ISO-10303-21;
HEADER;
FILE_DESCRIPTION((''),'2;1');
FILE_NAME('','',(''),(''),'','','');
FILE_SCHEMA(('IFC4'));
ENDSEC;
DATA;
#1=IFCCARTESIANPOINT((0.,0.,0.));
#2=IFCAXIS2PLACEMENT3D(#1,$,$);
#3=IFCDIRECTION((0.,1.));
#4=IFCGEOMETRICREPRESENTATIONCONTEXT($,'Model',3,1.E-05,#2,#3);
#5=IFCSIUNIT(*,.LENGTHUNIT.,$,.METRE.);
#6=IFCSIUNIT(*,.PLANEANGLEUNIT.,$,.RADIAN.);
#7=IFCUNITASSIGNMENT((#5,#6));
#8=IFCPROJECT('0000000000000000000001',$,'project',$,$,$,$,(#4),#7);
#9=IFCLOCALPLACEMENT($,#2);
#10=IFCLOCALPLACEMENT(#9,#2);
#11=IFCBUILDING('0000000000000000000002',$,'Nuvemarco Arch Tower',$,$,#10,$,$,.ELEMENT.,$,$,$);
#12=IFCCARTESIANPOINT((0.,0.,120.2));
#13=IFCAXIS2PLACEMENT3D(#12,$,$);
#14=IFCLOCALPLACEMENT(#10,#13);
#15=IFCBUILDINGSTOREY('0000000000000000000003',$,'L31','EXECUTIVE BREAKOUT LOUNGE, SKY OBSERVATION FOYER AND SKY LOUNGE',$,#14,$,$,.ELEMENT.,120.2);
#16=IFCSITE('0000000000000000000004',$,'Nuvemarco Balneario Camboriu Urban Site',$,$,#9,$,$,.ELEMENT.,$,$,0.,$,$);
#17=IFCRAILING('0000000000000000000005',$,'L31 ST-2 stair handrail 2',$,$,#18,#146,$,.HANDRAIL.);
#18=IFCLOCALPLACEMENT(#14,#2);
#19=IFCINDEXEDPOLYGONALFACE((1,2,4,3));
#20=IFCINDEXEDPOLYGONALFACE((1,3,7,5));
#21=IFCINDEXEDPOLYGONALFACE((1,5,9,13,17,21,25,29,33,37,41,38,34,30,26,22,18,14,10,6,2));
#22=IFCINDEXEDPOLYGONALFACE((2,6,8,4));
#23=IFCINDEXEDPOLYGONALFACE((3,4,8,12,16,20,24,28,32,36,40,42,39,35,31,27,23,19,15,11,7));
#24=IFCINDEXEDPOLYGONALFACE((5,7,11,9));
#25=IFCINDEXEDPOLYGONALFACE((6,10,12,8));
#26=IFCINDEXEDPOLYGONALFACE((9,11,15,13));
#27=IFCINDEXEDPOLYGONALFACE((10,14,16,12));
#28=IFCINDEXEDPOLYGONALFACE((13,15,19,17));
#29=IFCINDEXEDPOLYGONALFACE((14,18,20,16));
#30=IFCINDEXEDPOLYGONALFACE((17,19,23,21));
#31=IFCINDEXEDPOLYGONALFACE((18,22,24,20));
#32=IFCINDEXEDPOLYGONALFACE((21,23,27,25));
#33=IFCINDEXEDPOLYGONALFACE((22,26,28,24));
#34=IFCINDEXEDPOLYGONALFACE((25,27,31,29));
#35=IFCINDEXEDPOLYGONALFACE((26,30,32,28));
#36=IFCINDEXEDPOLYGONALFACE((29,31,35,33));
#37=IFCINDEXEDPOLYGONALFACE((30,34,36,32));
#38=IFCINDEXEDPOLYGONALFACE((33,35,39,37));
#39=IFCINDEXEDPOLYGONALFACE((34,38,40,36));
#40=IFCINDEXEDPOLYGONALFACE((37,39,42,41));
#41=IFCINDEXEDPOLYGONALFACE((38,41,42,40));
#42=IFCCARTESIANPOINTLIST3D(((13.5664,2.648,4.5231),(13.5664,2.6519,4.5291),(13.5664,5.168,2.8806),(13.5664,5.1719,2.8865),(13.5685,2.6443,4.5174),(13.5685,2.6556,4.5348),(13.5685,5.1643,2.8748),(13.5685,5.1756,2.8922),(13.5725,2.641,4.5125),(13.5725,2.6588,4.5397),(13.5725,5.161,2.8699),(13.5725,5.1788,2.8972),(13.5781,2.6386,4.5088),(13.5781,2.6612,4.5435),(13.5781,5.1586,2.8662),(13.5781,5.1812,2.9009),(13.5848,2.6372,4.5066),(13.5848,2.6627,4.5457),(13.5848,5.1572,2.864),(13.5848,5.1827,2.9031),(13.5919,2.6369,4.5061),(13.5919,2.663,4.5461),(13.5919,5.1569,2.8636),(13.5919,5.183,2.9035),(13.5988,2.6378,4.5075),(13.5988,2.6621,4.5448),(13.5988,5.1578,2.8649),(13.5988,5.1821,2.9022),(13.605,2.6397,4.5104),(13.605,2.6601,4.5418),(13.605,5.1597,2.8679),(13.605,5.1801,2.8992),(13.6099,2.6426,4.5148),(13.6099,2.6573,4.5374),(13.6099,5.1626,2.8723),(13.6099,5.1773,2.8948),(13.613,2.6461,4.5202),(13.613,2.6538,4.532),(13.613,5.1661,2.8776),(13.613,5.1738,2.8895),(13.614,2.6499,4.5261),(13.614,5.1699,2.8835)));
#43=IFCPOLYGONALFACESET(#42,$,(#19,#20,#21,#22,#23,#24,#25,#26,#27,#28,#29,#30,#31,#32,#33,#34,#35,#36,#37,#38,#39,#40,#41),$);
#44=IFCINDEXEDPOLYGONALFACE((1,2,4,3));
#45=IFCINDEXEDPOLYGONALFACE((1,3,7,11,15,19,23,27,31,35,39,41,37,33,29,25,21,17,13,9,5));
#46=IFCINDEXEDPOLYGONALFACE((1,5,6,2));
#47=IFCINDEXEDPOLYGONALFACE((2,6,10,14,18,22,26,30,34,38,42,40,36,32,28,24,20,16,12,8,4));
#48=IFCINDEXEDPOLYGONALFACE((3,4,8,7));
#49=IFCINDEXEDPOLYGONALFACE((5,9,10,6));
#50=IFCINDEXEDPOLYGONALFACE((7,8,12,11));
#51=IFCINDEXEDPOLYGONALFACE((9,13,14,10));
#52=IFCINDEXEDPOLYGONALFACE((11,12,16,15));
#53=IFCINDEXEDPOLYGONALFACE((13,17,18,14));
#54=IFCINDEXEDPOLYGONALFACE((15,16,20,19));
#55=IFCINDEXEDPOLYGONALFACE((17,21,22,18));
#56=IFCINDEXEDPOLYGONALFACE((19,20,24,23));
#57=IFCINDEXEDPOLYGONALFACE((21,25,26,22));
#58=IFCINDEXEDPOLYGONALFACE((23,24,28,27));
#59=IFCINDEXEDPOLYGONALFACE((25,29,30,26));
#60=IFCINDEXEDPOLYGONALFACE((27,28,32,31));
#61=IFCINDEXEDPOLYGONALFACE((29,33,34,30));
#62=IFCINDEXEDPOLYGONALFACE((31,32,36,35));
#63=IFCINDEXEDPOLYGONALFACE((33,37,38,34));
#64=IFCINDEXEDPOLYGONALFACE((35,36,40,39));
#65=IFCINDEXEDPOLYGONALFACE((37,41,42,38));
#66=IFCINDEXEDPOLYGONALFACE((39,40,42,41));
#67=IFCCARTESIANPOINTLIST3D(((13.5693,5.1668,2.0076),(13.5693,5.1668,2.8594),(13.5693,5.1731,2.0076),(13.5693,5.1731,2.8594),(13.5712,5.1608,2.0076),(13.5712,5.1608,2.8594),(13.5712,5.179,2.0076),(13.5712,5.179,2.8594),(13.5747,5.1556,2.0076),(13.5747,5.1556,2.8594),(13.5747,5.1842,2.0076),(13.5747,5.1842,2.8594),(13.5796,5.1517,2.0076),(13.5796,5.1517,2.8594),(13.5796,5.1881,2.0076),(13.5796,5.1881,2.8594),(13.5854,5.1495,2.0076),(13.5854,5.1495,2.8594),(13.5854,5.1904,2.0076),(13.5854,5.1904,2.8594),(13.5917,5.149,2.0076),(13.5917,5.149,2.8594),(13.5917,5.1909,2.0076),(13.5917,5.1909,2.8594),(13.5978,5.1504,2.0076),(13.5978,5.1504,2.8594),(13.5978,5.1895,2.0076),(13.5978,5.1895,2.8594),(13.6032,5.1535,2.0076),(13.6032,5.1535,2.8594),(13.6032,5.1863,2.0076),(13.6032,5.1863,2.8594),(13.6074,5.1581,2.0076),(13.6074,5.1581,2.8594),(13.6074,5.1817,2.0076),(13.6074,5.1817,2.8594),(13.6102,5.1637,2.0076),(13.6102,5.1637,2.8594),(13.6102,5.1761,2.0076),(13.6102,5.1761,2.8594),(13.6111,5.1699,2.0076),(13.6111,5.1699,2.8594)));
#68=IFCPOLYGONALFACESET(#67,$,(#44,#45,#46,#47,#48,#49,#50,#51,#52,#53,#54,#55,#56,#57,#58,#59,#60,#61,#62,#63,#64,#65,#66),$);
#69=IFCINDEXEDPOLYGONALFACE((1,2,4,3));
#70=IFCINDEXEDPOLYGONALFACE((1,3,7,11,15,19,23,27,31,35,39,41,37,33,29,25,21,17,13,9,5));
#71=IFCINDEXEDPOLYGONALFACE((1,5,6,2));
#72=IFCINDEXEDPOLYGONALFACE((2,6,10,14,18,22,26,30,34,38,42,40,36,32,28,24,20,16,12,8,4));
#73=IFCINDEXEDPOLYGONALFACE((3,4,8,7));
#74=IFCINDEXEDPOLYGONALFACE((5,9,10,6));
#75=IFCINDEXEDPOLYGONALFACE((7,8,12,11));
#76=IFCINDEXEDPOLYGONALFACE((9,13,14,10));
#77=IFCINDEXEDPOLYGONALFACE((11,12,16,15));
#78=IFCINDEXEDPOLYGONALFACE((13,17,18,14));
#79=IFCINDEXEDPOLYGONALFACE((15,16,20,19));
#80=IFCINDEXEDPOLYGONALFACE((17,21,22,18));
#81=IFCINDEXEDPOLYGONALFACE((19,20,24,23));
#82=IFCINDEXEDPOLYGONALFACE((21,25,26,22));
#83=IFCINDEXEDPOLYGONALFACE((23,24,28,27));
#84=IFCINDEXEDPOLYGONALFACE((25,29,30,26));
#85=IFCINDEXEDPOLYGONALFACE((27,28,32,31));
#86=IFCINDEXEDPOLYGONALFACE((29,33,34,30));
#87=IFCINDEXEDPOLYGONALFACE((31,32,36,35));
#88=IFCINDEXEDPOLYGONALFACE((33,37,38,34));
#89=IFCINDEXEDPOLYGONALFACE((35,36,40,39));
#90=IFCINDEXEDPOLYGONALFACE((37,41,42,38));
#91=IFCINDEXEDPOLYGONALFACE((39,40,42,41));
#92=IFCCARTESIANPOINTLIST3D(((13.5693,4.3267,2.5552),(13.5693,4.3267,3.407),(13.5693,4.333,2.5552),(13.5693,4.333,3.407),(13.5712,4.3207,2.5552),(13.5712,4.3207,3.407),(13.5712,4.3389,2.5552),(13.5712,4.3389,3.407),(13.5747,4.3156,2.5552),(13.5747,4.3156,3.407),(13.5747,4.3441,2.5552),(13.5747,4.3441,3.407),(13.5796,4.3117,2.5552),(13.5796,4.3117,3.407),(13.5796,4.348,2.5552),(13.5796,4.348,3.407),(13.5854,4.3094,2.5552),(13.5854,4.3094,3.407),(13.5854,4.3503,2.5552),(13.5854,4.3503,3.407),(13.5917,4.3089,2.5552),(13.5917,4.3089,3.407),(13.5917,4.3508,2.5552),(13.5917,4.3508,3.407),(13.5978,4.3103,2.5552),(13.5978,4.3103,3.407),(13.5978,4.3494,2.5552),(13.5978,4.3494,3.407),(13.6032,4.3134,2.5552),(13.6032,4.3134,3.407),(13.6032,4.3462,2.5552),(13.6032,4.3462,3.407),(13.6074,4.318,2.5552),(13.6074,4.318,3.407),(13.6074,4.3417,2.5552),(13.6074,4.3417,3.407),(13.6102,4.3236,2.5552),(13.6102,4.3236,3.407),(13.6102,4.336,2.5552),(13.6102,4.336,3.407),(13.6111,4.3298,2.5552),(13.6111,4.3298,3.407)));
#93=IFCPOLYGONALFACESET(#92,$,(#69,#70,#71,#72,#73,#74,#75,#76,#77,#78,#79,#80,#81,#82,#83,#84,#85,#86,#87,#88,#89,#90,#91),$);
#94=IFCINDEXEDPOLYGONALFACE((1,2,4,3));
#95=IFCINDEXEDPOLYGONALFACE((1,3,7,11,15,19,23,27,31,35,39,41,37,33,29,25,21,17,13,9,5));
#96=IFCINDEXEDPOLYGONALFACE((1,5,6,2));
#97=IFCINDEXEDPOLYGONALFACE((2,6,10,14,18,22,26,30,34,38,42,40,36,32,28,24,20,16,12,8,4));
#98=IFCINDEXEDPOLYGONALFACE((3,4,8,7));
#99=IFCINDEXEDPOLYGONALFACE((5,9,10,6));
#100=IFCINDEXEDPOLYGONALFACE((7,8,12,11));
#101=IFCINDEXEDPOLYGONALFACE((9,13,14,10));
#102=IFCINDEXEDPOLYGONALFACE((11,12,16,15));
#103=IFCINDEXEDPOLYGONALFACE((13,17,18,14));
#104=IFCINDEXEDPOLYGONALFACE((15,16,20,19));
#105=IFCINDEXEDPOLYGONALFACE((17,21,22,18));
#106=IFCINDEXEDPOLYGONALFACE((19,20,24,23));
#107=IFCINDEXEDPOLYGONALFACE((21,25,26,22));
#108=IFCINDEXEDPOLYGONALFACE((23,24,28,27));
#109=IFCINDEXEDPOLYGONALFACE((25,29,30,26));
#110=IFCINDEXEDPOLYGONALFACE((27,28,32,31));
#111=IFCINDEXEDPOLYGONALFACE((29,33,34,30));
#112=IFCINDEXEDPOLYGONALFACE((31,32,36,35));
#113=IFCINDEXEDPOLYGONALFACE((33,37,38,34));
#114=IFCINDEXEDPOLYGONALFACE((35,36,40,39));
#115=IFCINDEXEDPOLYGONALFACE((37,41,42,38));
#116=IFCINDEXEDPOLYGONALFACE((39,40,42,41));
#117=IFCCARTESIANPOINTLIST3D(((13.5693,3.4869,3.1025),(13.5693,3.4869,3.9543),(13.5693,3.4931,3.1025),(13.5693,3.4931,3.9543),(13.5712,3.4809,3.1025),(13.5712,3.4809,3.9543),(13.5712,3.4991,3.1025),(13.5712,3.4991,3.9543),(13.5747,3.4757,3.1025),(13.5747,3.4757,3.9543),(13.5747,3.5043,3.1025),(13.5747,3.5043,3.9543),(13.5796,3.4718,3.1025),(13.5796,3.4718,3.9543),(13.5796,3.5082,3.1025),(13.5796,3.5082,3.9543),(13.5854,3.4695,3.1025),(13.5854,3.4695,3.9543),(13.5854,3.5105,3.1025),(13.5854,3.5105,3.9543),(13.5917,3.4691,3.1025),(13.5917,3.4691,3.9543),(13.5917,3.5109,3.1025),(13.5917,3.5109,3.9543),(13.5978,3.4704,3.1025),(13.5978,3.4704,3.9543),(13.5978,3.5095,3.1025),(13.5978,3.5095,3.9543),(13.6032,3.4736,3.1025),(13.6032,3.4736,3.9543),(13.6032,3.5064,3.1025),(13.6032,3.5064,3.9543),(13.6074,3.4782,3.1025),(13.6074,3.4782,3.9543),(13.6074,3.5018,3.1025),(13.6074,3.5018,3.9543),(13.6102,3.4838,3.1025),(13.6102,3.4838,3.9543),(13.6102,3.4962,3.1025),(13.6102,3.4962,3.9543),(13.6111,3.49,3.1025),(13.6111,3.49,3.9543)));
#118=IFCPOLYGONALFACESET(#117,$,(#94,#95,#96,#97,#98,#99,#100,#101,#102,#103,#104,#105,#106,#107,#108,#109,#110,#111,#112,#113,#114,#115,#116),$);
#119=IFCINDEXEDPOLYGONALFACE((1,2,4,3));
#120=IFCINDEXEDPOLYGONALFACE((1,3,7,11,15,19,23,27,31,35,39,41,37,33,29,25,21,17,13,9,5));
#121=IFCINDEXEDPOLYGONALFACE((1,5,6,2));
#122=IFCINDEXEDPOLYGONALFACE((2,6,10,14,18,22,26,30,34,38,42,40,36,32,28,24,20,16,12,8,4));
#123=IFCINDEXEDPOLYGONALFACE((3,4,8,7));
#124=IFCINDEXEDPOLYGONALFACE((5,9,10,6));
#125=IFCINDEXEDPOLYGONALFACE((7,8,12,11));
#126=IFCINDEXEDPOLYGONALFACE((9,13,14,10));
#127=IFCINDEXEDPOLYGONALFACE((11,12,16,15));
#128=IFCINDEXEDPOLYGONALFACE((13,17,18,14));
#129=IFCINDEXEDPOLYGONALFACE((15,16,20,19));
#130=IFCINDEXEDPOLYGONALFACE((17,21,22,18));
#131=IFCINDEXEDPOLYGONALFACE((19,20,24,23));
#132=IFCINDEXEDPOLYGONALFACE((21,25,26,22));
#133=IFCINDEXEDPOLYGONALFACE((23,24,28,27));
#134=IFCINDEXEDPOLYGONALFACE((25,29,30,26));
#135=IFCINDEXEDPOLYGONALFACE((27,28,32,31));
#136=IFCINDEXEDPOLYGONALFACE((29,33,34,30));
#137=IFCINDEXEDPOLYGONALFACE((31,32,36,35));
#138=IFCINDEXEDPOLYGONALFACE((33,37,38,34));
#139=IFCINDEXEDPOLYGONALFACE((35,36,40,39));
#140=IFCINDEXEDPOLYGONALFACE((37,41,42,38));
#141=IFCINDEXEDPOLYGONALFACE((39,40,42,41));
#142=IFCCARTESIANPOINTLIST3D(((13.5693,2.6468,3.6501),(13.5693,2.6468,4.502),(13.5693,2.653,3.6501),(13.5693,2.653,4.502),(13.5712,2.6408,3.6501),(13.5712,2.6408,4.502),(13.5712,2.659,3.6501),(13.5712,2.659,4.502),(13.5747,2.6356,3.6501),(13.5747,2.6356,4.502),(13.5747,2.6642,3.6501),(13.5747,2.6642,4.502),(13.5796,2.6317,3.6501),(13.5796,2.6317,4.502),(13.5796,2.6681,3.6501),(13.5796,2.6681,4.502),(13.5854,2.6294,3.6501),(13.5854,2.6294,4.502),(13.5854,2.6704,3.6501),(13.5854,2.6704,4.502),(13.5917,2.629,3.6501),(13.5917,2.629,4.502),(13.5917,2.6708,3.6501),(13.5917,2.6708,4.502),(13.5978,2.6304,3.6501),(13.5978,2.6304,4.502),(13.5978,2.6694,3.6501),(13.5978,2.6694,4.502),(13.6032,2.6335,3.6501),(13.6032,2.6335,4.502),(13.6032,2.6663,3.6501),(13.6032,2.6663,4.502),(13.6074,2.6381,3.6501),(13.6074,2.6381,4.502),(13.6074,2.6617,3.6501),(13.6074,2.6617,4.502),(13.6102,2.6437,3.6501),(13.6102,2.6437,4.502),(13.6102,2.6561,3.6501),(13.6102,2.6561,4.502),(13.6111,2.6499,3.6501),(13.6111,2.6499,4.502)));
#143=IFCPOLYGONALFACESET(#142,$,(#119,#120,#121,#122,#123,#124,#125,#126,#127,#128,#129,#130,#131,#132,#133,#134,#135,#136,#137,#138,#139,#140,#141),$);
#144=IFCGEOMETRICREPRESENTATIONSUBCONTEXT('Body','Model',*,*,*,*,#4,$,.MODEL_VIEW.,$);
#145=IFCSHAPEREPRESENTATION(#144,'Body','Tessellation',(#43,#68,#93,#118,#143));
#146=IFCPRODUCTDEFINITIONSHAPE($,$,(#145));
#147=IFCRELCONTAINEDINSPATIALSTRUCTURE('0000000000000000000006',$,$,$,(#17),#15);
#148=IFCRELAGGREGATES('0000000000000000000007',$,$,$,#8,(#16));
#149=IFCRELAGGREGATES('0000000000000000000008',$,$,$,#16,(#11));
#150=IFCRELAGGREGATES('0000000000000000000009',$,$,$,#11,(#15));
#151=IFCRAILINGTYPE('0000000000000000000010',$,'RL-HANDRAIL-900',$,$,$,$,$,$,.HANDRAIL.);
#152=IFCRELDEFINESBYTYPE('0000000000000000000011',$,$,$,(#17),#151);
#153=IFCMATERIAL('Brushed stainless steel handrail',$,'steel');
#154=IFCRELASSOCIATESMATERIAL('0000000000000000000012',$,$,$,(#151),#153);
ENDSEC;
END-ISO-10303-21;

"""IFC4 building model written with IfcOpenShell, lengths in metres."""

from ifc_helpers import new_model, si_unit, direction, frame, origin, origin_2d, place, context, subcontext, project, spatial, circle, extrude, material, type_object, element, save


model = new_model("IFC4")

# Units and contexts
model_context = context("Model", 3, precision=1e-05, world=origin(), true_north=direction((0.0, 1.0)))
body_context = subcontext(model_context, "Body", "Model", "MODEL_VIEW")
ifc_project = project(units=[si_unit("LENGTHUNIT", "METRE"), si_unit("PLANEANGLEUNIT", "RADIAN")], contexts=[model_context])

# Site, building, storey
site_placement = place(None, origin())
site = spatial("IfcSite", under=ifc_project, at=site_placement, Name="Nuvemarco Balneario Camboriu Urban Site", CompositionType="ELEMENT", RefElevation=0.0)
building_placement = place(site_placement, origin())
building = spatial("IfcBuilding", under=site, at=building_placement, Name="Nuvemarco Arch Tower", CompositionType="ELEMENT")
storey_placement = place(building_placement, frame((0.0, 0.0, 120.2)))
storey = spatial("IfcBuildingStorey", under=building, at=storey_placement, Name="L31", Description="EXECUTIVE BREAKOUT LOUNGE, SKY OBSERVATION FOYER AND SKY LOUNGE", CompositionType="ELEMENT", Elevation=120.2)

# Railing
ifc_material_1 = material(Name="Brushed stainless steel handrail", Category="steel")
railing_type_1 = type_object("IfcRailingType", Name="RL-HANDRAIL-900", PredefinedType="HANDRAIL", material=ifc_material_1)
railing_1_placement = place(storey_placement, frame((13.5901, 5.1699, 2.0076)))
element("IfcRailing", 1, at=railing_1_placement, inside=storey, type_object=railing_type_1, Name="L31 ST-2 stair handrail 2", PredefinedType="HANDRAIL", context=body_context, shape_type="SweptSolid", body=[
    extrude(circle(Radius=0.0239, at=origin_2d()), frame((0.0, 0.0, 0.876), z_axis=(0.0, -0.837749, 0.546055), x_axis=(1.0, 0.0, 0.0)), (0.0, 0.0, 1.0), 3.0081),
    extrude(circle(Radius=0.021, at=origin_2d()), origin(), (0.0, 0.0, 1.0), 0.8518),
    extrude(circle(Radius=0.021, at=origin_2d()), frame((0.0, -0.8401, 0.5476)), (0.0, 0.0, 1.0), 0.8518),
    extrude(circle(Radius=0.021, at=origin_2d()), frame((0.0, -1.6799, 1.095)), (0.0, 0.0, 1.0), 0.8518),
    extrude(circle(Radius=0.021, at=origin_2d()), frame((0.0, -2.52, 1.6426)), (0.0, 0.0, 1.0), 0.8518),
])

save(model, "model.ifc")
